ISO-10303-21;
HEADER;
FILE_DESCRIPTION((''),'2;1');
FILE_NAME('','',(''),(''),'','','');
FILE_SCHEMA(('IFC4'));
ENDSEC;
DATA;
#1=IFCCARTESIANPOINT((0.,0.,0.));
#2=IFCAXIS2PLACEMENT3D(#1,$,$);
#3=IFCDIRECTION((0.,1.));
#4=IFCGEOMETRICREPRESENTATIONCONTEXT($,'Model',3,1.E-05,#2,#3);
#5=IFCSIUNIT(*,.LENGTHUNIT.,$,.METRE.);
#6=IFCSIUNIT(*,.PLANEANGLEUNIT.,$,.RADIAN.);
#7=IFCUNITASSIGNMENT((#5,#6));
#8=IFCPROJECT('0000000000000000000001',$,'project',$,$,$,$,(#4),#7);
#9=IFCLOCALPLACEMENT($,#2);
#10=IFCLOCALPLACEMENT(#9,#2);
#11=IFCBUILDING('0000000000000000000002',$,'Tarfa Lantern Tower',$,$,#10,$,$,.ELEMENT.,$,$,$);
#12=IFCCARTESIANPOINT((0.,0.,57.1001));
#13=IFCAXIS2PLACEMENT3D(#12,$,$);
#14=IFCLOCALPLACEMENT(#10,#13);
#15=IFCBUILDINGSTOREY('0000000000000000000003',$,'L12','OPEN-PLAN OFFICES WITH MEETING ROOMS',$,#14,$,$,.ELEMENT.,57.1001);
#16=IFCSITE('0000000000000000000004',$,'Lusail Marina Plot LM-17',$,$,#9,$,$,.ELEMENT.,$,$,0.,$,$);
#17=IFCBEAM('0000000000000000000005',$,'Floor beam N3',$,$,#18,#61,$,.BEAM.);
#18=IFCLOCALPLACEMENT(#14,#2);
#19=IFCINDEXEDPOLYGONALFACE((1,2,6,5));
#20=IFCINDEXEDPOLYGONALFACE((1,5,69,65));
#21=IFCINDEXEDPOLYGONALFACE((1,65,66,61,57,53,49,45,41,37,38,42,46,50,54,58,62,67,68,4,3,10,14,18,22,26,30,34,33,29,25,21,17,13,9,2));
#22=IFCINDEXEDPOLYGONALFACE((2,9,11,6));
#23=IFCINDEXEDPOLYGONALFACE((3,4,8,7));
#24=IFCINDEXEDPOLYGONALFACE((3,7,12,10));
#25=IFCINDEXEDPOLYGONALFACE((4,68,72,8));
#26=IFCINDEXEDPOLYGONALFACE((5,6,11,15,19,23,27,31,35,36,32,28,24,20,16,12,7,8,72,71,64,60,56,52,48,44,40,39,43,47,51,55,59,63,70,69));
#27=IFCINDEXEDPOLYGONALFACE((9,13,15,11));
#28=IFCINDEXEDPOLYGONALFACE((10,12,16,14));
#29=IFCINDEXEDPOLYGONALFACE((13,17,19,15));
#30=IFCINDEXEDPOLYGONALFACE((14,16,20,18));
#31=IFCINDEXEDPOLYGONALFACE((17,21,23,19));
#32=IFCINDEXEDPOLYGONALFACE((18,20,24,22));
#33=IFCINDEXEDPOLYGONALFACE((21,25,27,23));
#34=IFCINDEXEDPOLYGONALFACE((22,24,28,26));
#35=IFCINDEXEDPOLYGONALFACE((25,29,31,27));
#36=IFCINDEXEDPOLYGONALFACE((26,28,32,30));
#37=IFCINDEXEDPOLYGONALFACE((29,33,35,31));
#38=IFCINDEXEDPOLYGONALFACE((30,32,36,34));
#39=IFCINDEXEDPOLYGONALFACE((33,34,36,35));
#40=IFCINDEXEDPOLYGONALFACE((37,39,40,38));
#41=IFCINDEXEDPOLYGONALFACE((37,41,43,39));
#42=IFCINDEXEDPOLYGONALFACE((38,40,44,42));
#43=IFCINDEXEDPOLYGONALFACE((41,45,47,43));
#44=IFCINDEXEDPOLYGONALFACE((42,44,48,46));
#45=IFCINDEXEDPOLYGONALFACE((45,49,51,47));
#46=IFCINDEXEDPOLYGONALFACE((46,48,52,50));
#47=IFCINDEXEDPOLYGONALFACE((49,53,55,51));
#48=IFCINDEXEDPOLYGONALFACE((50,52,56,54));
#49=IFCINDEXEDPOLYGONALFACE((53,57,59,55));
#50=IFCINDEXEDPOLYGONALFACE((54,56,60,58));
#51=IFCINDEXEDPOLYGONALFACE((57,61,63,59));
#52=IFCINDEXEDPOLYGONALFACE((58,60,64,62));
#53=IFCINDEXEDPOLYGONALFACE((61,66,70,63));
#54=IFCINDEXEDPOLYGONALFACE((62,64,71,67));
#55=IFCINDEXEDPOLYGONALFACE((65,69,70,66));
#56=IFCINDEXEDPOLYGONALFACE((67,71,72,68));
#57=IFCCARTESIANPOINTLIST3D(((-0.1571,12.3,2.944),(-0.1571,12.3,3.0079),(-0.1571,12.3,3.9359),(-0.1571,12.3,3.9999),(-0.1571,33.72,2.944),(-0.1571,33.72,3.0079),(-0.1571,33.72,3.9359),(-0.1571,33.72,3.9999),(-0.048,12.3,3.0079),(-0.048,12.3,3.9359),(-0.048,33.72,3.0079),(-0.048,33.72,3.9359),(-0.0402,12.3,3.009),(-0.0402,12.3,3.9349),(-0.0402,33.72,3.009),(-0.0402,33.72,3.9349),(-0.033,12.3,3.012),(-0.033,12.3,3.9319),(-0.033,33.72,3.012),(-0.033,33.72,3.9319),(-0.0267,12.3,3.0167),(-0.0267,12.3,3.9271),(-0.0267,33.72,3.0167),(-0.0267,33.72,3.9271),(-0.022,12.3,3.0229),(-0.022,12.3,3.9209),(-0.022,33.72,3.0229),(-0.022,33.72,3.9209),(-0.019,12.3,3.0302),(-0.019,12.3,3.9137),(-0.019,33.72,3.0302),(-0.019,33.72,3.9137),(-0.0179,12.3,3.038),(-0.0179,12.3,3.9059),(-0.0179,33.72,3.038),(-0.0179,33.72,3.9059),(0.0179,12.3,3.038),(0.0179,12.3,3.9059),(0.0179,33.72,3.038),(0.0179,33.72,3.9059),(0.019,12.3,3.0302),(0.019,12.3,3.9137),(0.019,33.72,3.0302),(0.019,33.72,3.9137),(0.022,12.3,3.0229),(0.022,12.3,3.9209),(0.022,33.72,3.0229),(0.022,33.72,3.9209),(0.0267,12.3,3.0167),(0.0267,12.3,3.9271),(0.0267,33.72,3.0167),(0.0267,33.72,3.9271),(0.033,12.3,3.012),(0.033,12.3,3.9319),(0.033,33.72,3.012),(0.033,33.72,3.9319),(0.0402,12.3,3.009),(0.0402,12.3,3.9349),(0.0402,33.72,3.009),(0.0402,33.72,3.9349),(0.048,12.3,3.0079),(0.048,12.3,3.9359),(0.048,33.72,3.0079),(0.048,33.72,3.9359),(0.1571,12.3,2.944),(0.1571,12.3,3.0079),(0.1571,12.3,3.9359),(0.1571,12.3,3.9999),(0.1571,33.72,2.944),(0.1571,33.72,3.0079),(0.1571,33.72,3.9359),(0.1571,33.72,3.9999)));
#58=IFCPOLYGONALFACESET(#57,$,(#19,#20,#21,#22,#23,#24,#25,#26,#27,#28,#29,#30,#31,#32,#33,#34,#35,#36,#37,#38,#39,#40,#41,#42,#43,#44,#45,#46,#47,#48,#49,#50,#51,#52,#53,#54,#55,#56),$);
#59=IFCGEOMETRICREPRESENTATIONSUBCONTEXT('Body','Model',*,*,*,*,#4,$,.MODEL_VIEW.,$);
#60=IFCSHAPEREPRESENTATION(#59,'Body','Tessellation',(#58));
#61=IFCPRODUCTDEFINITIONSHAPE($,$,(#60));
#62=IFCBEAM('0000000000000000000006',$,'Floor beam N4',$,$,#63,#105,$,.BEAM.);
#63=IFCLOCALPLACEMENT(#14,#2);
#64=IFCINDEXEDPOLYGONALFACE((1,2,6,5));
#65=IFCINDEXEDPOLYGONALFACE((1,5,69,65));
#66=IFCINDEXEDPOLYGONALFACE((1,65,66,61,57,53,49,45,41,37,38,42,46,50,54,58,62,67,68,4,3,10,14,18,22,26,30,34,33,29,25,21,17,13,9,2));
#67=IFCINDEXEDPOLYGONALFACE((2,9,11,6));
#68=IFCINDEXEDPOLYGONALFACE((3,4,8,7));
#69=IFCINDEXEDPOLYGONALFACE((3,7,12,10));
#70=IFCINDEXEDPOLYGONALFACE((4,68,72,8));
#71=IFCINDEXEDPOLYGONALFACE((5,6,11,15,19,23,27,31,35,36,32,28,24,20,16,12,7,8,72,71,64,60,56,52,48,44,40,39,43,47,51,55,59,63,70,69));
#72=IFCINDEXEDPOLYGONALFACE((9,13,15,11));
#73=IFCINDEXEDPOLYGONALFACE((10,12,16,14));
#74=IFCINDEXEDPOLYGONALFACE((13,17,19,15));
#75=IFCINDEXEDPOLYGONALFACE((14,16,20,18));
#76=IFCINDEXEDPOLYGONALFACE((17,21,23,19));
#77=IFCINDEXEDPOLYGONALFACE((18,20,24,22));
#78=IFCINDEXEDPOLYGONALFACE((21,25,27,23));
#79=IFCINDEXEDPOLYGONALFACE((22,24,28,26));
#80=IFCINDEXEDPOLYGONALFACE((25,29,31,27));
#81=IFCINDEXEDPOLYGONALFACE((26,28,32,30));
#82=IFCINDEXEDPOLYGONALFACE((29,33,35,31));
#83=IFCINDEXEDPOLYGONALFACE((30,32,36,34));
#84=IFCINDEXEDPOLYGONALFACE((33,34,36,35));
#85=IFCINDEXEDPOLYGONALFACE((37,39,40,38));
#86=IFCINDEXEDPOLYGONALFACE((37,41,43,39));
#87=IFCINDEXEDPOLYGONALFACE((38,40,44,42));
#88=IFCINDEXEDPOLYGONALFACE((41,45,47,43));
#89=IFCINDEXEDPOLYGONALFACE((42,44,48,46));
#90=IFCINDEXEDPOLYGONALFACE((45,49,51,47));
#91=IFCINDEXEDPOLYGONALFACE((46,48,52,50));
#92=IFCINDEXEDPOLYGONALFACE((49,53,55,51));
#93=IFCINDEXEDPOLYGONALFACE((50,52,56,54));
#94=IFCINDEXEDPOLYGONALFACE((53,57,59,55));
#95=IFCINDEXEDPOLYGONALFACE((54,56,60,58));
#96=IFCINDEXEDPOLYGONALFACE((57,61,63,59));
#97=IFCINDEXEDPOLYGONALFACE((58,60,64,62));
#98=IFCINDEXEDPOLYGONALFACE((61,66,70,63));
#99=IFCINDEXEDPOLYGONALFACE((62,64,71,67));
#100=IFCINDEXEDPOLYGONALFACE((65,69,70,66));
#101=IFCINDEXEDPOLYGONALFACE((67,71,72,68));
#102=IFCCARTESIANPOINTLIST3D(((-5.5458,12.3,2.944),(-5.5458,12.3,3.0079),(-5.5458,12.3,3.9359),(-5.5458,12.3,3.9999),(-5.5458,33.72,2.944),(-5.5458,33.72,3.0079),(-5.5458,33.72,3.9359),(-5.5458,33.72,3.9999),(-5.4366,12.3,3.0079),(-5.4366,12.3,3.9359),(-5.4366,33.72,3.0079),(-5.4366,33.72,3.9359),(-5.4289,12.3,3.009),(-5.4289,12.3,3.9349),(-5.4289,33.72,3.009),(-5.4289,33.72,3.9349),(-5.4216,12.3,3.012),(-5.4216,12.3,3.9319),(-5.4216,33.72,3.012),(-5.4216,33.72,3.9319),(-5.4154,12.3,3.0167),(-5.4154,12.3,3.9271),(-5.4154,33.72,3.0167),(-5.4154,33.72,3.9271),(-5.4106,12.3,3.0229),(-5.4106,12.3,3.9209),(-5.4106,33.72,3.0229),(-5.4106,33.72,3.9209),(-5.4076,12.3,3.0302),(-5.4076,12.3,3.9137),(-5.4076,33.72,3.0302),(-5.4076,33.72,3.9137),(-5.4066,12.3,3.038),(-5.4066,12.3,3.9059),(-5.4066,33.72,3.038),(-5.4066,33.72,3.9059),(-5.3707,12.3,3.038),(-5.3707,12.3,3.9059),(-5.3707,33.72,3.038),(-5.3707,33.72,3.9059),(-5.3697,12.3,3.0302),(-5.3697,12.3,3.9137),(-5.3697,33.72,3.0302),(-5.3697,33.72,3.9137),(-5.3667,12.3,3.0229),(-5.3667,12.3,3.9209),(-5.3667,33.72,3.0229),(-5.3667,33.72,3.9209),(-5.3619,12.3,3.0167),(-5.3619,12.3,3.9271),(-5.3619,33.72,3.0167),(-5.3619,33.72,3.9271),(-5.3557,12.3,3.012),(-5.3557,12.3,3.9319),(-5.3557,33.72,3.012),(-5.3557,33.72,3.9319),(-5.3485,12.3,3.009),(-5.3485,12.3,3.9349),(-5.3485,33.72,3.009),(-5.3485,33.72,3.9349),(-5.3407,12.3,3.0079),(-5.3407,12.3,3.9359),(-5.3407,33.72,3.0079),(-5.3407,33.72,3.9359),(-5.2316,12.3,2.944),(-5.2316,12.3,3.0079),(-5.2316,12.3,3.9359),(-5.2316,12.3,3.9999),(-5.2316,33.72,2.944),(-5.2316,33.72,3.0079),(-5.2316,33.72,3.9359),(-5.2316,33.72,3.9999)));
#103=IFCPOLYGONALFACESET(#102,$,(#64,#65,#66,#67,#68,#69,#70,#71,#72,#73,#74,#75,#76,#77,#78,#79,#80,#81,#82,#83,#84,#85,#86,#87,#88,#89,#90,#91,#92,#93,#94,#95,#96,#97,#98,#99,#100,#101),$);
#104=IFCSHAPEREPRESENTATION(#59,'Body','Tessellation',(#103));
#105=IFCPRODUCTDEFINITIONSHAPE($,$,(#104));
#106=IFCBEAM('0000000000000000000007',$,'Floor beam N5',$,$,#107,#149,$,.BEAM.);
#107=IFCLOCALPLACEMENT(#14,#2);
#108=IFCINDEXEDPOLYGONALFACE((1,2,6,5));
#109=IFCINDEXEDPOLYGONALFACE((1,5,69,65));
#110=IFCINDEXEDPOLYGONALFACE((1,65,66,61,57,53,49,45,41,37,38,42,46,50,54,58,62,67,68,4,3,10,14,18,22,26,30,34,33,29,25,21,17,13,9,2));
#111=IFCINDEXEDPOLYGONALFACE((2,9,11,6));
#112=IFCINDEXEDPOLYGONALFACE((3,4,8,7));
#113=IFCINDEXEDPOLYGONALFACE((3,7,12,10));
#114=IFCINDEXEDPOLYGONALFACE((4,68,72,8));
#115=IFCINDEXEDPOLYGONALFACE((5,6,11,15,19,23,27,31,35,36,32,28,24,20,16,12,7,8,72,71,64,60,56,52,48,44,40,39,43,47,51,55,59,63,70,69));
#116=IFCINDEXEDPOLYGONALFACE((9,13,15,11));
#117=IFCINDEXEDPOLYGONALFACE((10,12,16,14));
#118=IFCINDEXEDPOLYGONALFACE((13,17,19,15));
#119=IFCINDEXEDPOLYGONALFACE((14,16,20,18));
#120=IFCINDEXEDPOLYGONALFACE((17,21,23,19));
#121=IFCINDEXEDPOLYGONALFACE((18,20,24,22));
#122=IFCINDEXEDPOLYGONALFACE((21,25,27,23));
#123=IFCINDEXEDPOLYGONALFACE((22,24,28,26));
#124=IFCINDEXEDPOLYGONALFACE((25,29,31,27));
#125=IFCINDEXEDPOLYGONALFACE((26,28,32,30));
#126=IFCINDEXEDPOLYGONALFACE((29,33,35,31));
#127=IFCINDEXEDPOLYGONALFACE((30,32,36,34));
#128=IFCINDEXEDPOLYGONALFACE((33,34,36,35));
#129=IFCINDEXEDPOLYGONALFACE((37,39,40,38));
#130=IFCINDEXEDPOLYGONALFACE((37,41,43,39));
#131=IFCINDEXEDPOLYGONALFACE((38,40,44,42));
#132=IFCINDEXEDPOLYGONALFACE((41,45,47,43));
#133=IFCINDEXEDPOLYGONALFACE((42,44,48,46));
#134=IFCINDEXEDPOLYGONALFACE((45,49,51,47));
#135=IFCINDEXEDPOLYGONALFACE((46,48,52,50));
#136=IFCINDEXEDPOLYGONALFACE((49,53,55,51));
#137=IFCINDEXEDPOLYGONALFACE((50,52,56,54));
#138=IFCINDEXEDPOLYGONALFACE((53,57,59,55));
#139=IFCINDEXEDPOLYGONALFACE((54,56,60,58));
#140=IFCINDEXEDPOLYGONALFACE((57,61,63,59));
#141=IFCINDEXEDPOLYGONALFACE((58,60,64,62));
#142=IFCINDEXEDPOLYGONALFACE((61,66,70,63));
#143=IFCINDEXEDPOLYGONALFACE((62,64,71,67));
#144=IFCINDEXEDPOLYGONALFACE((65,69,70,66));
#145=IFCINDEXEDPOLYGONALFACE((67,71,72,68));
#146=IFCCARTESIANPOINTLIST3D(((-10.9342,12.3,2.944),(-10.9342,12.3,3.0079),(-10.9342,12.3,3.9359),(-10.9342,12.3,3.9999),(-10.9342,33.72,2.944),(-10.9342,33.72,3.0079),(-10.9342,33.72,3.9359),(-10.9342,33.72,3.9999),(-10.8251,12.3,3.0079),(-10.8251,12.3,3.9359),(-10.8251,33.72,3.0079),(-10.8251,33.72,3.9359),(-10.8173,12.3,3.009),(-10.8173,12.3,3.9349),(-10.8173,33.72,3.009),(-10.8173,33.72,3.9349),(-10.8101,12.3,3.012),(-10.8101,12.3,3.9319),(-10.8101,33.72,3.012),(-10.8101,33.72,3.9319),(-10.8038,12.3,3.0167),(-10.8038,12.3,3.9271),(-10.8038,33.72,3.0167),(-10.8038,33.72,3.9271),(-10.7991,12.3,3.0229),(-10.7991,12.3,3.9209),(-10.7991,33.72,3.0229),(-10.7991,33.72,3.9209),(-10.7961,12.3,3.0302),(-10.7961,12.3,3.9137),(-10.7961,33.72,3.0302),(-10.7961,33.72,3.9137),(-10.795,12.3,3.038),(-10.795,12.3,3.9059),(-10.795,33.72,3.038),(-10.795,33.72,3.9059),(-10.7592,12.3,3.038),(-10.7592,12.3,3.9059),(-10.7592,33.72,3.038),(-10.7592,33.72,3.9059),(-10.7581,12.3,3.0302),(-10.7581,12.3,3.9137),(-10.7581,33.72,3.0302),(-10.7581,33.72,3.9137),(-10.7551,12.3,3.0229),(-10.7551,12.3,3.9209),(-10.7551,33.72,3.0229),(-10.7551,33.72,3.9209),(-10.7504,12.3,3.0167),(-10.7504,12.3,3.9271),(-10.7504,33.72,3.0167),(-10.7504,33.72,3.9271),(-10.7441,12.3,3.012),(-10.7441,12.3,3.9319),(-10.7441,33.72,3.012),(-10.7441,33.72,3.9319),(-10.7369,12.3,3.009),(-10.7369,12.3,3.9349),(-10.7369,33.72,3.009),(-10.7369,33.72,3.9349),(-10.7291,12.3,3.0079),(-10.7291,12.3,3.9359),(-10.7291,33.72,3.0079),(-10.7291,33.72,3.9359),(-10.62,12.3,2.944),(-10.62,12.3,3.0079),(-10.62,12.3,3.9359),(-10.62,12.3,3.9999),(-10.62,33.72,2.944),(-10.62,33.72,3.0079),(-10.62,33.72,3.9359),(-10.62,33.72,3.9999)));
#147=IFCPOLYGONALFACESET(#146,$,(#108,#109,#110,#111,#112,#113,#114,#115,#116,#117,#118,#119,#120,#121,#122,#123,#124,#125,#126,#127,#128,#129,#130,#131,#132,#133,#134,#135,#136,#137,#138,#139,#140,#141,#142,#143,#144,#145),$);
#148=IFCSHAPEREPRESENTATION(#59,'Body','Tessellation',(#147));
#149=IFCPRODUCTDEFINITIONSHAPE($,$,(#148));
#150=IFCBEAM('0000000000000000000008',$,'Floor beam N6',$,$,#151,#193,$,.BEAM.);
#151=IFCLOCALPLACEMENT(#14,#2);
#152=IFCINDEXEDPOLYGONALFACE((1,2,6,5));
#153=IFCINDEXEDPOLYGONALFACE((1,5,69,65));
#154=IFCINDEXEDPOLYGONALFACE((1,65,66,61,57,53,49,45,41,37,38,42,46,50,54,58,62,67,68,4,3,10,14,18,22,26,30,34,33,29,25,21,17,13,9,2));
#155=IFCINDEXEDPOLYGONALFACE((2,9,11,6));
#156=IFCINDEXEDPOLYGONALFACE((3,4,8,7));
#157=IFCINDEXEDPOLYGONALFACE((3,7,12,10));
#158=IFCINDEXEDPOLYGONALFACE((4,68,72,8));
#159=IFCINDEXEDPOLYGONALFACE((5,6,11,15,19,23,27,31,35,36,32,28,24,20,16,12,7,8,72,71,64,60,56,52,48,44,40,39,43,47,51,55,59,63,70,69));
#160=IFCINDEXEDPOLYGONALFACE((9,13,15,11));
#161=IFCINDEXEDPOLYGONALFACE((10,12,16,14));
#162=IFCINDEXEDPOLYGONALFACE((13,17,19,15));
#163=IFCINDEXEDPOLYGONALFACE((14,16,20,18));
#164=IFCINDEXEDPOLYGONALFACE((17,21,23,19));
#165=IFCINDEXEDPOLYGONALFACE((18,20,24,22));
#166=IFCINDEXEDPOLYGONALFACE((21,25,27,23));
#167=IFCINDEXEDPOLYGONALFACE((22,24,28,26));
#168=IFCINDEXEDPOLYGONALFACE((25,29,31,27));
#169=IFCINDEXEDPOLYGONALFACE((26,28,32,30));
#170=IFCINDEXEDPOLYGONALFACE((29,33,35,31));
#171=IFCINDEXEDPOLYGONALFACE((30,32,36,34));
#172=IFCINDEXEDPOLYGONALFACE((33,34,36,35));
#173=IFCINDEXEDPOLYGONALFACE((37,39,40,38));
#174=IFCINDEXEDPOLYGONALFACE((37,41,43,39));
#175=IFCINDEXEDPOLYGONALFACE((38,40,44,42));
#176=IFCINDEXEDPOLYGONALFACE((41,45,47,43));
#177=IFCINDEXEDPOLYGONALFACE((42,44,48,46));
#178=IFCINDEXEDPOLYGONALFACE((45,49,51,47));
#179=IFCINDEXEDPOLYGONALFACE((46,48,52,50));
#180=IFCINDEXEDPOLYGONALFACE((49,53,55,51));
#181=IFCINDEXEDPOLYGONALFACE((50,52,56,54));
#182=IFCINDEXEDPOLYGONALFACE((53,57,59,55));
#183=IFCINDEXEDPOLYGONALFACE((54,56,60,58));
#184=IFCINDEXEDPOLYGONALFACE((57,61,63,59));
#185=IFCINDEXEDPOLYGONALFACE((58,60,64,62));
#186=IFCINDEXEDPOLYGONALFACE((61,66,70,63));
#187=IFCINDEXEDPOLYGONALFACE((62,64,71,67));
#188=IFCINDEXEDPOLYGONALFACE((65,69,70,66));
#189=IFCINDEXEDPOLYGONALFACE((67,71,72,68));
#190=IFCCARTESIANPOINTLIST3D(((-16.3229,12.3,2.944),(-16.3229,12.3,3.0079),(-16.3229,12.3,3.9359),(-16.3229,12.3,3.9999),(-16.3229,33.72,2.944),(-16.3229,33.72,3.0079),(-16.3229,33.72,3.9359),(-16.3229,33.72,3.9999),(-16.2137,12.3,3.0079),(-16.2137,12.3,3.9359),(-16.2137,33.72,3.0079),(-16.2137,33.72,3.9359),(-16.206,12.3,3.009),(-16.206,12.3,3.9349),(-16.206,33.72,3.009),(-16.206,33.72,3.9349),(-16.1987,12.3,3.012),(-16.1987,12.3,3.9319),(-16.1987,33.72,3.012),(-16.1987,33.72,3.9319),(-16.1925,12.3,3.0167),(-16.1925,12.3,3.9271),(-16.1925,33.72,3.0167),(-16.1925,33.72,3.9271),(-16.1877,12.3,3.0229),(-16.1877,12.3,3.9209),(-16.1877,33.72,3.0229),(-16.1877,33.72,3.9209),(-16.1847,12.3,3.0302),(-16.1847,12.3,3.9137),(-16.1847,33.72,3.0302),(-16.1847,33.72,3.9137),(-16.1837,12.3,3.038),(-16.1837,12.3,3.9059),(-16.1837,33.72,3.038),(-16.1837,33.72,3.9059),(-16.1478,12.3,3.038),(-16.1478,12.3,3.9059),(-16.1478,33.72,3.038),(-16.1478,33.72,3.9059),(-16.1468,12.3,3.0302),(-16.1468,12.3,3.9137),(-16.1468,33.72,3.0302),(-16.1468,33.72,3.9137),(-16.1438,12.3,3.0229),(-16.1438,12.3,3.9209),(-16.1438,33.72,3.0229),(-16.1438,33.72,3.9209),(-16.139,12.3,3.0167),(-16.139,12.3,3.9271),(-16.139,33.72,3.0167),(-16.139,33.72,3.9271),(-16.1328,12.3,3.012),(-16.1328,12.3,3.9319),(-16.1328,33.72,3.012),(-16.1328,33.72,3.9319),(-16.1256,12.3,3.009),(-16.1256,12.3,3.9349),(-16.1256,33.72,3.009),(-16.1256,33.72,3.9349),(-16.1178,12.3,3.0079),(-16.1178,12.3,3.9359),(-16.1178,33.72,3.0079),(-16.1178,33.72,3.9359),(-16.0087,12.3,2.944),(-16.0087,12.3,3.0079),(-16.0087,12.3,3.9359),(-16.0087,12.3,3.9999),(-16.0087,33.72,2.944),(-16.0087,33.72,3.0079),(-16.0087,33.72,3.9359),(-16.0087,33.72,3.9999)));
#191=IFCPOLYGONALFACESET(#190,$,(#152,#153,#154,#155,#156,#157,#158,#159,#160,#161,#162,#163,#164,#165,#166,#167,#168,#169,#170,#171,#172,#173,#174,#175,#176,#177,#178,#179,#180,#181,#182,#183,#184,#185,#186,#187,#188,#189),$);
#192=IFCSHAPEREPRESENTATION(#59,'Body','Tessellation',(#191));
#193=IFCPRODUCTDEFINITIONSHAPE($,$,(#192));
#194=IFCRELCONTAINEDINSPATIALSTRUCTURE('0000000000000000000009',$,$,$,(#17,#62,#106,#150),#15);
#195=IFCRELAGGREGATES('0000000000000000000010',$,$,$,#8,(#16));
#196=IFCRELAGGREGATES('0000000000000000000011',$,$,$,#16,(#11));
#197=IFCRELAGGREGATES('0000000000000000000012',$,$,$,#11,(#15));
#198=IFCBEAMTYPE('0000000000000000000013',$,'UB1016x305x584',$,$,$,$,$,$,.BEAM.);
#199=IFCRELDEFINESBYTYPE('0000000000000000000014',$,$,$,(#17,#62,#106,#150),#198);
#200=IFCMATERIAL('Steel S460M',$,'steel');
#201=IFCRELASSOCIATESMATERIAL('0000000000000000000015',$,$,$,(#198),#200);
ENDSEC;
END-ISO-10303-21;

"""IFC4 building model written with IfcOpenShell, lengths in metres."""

from ifc_helpers import new_model, si_unit, direction, frame, origin, origin_2d, place, context, subcontext, project, spatial, i_section, extrude, material, material_profile, profile_set, type_object, element, save


model = new_model("IFC4")

# Units and contexts
model_context = context("Model", 3, precision=1e-05, world=origin(), true_north=direction((0.0, 1.0)))
body_context = subcontext(model_context, "Body", "Model", "MODEL_VIEW")
ifc_project = project(units=[si_unit("LENGTHUNIT", "METRE"), si_unit("PLANEANGLEUNIT", "RADIAN")], contexts=[model_context])

# Site, building, storey
site_placement = place(None, origin())
site = spatial("IfcSite", under=ifc_project, at=site_placement, Name="Lusail Marina Plot LM-17", CompositionType="ELEMENT", RefElevation=0.0)
building_placement = place(site_placement, origin())
building = spatial("IfcBuilding", under=site, at=building_placement, Name="Tarfa Lantern Tower", CompositionType="ELEMENT")
storey_placement = place(building_placement, frame((0.0, 0.0, 57.1001)))
storey = spatial("IfcBuildingStorey", under=building, at=storey_placement, Name="L12", Description="OPEN-PLAN OFFICES WITH MEETING ROOMS", CompositionType="ELEMENT", Elevation=57.1001)

# Beams
ifc_material_1 = material(Name="Steel S460M", Category="steel")
ifc_material_profile_1 = material_profile(ifc_material_1, i_section(OverallWidth=0.3142, OverallDepth=1.0559, WebThickness=0.0359, FlangeThickness=0.064, FilletRadius=0.03, at=origin_2d()), Name="UB1016x305x584")
ifc_profile_set_1 = profile_set([ifc_material_profile_1], Name="Steel S460M")
beam_type_1 = type_object("IfcBeamType", Name="UB1016x305x584", PredefinedType="BEAM", material=ifc_profile_set_1)
for number, where, z_axis, x_axis, name in (
    (1, (0.0, 33.72, 3.4719), (0.0, -1.0, 0.0), (1.0, 0.0, 0.0), "Floor beam N3"),
    (2, (-5.3887, 33.72, 3.4719), (0.0, -1.0, 0.0), (1.0, 0.0, 0.0), "Floor beam N4"),
    (3, (-10.7771, 33.72, 3.4719), (0.0, -1.0, 0.0), (1.0, 0.0, 0.0), "Floor beam N5"),
    (4, (-16.1658, 33.72, 3.4719), (0.0, -1.0, 0.0), (1.0, 0.0, 0.0), "Floor beam N6"),
):
    element("IfcBeam", number, at=place(storey_placement, frame(where, z_axis=z_axis, x_axis=x_axis)), inside=storey, type_object=beam_type_1, Name=name, PredefinedType="BEAM", context=body_context, shape_type="SweptSolid", body=[
        extrude(i_section(OverallWidth=0.3142, OverallDepth=1.0559, WebThickness=0.0359, FlangeThickness=0.064, FilletRadius=0.03, at=origin_2d()), origin(), (0.0, 0.0, 1.0), 21.4199),
    ])

save(model, "model.ifc")
